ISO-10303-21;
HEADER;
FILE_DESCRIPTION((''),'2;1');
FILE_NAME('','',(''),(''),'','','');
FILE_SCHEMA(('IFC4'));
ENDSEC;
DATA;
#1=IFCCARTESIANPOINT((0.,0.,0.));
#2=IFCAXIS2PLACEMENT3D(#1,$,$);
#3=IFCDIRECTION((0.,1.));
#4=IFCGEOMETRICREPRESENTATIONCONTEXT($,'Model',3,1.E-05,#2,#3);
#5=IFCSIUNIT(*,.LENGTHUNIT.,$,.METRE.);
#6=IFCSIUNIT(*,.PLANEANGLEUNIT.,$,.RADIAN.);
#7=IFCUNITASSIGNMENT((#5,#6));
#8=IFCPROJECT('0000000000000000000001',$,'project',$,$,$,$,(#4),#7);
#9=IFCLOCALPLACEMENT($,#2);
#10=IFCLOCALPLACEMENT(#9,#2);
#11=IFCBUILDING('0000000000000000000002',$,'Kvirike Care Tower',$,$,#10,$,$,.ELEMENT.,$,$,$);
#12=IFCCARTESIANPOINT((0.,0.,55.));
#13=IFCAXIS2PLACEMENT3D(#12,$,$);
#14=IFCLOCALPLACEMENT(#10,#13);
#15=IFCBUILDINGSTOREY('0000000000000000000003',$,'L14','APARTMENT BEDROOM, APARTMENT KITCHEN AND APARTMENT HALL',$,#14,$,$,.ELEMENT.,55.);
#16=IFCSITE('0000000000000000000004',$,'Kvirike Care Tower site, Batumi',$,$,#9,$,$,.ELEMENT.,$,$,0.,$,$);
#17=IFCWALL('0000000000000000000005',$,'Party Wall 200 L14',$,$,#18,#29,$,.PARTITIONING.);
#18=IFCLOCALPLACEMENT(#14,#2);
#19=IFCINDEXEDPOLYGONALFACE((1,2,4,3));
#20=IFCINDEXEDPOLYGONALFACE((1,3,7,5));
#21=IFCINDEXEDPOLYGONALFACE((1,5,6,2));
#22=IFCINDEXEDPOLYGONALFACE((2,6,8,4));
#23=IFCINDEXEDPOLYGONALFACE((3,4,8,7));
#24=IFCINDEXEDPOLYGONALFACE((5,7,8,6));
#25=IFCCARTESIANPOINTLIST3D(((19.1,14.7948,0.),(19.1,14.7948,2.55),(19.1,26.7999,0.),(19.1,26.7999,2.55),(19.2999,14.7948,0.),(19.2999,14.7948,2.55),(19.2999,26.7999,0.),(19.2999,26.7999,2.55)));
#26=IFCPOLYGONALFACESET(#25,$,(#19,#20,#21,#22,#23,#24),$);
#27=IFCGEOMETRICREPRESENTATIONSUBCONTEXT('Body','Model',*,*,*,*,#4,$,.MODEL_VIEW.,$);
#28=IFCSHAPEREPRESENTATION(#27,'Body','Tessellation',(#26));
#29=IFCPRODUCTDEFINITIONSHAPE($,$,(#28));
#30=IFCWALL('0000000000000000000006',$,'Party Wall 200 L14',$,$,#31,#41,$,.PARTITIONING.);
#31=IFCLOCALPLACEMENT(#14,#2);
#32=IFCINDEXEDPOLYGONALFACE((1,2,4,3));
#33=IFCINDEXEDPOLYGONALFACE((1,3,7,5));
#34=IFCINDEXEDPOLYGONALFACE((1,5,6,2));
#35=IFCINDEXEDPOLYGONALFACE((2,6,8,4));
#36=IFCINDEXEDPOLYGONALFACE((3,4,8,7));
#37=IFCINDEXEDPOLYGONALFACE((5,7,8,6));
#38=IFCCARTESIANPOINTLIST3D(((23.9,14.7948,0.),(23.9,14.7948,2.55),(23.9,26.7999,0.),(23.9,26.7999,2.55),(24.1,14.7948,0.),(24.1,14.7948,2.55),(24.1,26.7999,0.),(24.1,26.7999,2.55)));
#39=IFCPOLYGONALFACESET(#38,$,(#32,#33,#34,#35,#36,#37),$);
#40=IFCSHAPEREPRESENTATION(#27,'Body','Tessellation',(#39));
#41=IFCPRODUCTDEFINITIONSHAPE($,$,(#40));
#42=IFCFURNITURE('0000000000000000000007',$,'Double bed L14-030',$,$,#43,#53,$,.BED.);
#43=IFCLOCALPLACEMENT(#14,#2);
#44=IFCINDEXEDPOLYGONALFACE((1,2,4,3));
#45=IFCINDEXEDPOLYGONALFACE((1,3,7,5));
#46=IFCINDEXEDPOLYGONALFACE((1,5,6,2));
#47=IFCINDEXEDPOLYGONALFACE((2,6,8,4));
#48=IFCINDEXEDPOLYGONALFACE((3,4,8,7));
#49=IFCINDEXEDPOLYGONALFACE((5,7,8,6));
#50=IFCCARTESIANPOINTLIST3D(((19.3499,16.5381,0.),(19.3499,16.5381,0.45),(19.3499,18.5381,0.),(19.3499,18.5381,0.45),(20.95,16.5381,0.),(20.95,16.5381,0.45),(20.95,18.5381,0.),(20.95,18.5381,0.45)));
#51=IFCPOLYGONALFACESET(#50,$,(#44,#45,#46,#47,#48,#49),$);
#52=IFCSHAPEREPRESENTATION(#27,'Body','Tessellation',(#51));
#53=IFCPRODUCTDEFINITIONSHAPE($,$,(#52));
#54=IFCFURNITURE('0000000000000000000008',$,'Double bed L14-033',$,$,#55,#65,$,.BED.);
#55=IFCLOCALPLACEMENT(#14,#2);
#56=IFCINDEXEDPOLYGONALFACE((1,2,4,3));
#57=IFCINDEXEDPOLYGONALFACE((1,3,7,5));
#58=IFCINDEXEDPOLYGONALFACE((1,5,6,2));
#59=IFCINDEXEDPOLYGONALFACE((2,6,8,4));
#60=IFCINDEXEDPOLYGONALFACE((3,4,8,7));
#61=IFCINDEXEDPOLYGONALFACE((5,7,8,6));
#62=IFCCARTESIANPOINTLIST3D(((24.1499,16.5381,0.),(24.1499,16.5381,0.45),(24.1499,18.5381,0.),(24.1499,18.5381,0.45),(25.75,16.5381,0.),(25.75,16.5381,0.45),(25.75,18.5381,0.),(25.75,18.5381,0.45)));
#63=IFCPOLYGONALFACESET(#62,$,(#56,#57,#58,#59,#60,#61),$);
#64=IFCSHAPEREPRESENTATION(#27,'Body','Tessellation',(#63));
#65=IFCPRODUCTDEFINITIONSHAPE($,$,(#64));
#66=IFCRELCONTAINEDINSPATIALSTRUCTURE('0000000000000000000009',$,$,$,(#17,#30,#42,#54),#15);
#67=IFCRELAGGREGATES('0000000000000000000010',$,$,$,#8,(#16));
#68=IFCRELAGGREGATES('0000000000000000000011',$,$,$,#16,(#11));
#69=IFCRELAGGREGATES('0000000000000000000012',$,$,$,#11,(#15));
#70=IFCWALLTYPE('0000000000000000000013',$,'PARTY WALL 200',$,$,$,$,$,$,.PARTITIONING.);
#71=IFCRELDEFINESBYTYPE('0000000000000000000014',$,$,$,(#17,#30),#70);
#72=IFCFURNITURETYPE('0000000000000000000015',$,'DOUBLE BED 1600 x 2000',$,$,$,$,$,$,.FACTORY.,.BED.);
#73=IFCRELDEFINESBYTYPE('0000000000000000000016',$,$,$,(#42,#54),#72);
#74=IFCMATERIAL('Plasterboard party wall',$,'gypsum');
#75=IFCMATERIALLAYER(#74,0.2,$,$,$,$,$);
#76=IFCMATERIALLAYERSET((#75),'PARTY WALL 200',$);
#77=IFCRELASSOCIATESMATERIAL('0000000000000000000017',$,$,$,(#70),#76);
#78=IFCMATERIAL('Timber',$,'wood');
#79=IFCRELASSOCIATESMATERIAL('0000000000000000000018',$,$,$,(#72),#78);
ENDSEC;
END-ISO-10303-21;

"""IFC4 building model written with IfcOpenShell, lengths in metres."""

from ifc_helpers import new_model, si_unit, direction, frame, frame_2d, origin, origin_2d, place, context, subcontext, project, spatial, rectangle, extrude, material, layer, layer_set, type_object, element, save


model = new_model("IFC4")

# Units and contexts
model_context = context("Model", 3, precision=1e-05, world=origin(), true_north=direction((0.0, 1.0)))
body_context = subcontext(model_context, "Body", "Model", "MODEL_VIEW")
ifc_project = project(units=[si_unit("LENGTHUNIT", "METRE"), si_unit("PLANEANGLEUNIT", "RADIAN")], contexts=[model_context])

# Site, building, storey
site_placement = place(None, origin())
site = spatial("IfcSite", under=ifc_project, at=site_placement, Name="Kvirike Care Tower site, Batumi", CompositionType="ELEMENT", RefElevation=0.0)
building_placement = place(site_placement, origin())
building = spatial("IfcBuilding", under=site, at=building_placement, Name="Kvirike Care Tower", CompositionType="ELEMENT")
storey_placement = place(building_placement, frame((0.0, 0.0, 55.0)))
storey = spatial("IfcBuildingStorey", under=building, at=storey_placement, Name="L14", Description="APARTMENT BEDROOM, APARTMENT KITCHEN AND APARTMENT HALL", CompositionType="ELEMENT", Elevation=55.0)

# Walls
ifc_material_1 = material(Name="Plasterboard party wall", Category="gypsum")
ifc_layer_1 = layer(ifc_material_1, 0.2)
ifc_layer_set_1 = layer_set([ifc_layer_1], Name="PARTY WALL 200")
wall_type_1 = type_object("IfcWallType", Name="PARTY WALL 200", PredefinedType="PARTITIONING", material=ifc_layer_set_1)
for number, where, z_axis, x_axis, name in (
    (1, (19.2, 14.7949, 0.0), (0.0, 0.0, 1.0), (0.0, 1.0, 0.0), "Party Wall 200 L14"),
    (2, (24.0, 14.7949, 0.0), (0.0, 0.0, 1.0), (0.0, 1.0, 0.0), "Party Wall 200 L14"),
):
    element("IfcWall", number, at=place(storey_placement, frame(where, z_axis=z_axis, x_axis=x_axis)), inside=storey, type_object=wall_type_1, Name=name, PredefinedType="PARTITIONING", context=body_context, shape_type="SweptSolid", body=[
        extrude(rectangle(XDim=12.0051, YDim=0.2, at=frame_2d((6.0024, 0.0))), origin(), (0.0, 0.0, 1.0), 2.55),
    ])

# Furniture
ifc_material_2 = material(Name="Timber", Category="wood")
furniture_type = type_object("IfcFurnitureType", Name="DOUBLE BED 1600 x 2000", AssemblyPlace="FACTORY", PredefinedType="BED", material=ifc_material_2)
for number, where, z_axis, x_axis, name in (
    (3, (20.1499, 17.5381, 0.0), (0.0, 0.0, 1.0), (1.0, 0.0, 0.0), "Double bed L14-030"),
    (4, (24.95, 17.5381, 0.0), (0.0, 0.0, 1.0), (1.0, 0.0, 0.0), "Double bed L14-033"),
):
    element("IfcFurniture", number, at=place(storey_placement, frame(where, z_axis=z_axis, x_axis=x_axis)), inside=storey, type_object=furniture_type, Name=name, PredefinedType="BED", context=body_context, shape_type="SweptSolid", body=[
        extrude(rectangle(XDim=1.6001, YDim=2.0, at=origin_2d()), origin(), (0.0, 0.0, 1.0), 0.45),
    ])

save(model, "model.ifc")
